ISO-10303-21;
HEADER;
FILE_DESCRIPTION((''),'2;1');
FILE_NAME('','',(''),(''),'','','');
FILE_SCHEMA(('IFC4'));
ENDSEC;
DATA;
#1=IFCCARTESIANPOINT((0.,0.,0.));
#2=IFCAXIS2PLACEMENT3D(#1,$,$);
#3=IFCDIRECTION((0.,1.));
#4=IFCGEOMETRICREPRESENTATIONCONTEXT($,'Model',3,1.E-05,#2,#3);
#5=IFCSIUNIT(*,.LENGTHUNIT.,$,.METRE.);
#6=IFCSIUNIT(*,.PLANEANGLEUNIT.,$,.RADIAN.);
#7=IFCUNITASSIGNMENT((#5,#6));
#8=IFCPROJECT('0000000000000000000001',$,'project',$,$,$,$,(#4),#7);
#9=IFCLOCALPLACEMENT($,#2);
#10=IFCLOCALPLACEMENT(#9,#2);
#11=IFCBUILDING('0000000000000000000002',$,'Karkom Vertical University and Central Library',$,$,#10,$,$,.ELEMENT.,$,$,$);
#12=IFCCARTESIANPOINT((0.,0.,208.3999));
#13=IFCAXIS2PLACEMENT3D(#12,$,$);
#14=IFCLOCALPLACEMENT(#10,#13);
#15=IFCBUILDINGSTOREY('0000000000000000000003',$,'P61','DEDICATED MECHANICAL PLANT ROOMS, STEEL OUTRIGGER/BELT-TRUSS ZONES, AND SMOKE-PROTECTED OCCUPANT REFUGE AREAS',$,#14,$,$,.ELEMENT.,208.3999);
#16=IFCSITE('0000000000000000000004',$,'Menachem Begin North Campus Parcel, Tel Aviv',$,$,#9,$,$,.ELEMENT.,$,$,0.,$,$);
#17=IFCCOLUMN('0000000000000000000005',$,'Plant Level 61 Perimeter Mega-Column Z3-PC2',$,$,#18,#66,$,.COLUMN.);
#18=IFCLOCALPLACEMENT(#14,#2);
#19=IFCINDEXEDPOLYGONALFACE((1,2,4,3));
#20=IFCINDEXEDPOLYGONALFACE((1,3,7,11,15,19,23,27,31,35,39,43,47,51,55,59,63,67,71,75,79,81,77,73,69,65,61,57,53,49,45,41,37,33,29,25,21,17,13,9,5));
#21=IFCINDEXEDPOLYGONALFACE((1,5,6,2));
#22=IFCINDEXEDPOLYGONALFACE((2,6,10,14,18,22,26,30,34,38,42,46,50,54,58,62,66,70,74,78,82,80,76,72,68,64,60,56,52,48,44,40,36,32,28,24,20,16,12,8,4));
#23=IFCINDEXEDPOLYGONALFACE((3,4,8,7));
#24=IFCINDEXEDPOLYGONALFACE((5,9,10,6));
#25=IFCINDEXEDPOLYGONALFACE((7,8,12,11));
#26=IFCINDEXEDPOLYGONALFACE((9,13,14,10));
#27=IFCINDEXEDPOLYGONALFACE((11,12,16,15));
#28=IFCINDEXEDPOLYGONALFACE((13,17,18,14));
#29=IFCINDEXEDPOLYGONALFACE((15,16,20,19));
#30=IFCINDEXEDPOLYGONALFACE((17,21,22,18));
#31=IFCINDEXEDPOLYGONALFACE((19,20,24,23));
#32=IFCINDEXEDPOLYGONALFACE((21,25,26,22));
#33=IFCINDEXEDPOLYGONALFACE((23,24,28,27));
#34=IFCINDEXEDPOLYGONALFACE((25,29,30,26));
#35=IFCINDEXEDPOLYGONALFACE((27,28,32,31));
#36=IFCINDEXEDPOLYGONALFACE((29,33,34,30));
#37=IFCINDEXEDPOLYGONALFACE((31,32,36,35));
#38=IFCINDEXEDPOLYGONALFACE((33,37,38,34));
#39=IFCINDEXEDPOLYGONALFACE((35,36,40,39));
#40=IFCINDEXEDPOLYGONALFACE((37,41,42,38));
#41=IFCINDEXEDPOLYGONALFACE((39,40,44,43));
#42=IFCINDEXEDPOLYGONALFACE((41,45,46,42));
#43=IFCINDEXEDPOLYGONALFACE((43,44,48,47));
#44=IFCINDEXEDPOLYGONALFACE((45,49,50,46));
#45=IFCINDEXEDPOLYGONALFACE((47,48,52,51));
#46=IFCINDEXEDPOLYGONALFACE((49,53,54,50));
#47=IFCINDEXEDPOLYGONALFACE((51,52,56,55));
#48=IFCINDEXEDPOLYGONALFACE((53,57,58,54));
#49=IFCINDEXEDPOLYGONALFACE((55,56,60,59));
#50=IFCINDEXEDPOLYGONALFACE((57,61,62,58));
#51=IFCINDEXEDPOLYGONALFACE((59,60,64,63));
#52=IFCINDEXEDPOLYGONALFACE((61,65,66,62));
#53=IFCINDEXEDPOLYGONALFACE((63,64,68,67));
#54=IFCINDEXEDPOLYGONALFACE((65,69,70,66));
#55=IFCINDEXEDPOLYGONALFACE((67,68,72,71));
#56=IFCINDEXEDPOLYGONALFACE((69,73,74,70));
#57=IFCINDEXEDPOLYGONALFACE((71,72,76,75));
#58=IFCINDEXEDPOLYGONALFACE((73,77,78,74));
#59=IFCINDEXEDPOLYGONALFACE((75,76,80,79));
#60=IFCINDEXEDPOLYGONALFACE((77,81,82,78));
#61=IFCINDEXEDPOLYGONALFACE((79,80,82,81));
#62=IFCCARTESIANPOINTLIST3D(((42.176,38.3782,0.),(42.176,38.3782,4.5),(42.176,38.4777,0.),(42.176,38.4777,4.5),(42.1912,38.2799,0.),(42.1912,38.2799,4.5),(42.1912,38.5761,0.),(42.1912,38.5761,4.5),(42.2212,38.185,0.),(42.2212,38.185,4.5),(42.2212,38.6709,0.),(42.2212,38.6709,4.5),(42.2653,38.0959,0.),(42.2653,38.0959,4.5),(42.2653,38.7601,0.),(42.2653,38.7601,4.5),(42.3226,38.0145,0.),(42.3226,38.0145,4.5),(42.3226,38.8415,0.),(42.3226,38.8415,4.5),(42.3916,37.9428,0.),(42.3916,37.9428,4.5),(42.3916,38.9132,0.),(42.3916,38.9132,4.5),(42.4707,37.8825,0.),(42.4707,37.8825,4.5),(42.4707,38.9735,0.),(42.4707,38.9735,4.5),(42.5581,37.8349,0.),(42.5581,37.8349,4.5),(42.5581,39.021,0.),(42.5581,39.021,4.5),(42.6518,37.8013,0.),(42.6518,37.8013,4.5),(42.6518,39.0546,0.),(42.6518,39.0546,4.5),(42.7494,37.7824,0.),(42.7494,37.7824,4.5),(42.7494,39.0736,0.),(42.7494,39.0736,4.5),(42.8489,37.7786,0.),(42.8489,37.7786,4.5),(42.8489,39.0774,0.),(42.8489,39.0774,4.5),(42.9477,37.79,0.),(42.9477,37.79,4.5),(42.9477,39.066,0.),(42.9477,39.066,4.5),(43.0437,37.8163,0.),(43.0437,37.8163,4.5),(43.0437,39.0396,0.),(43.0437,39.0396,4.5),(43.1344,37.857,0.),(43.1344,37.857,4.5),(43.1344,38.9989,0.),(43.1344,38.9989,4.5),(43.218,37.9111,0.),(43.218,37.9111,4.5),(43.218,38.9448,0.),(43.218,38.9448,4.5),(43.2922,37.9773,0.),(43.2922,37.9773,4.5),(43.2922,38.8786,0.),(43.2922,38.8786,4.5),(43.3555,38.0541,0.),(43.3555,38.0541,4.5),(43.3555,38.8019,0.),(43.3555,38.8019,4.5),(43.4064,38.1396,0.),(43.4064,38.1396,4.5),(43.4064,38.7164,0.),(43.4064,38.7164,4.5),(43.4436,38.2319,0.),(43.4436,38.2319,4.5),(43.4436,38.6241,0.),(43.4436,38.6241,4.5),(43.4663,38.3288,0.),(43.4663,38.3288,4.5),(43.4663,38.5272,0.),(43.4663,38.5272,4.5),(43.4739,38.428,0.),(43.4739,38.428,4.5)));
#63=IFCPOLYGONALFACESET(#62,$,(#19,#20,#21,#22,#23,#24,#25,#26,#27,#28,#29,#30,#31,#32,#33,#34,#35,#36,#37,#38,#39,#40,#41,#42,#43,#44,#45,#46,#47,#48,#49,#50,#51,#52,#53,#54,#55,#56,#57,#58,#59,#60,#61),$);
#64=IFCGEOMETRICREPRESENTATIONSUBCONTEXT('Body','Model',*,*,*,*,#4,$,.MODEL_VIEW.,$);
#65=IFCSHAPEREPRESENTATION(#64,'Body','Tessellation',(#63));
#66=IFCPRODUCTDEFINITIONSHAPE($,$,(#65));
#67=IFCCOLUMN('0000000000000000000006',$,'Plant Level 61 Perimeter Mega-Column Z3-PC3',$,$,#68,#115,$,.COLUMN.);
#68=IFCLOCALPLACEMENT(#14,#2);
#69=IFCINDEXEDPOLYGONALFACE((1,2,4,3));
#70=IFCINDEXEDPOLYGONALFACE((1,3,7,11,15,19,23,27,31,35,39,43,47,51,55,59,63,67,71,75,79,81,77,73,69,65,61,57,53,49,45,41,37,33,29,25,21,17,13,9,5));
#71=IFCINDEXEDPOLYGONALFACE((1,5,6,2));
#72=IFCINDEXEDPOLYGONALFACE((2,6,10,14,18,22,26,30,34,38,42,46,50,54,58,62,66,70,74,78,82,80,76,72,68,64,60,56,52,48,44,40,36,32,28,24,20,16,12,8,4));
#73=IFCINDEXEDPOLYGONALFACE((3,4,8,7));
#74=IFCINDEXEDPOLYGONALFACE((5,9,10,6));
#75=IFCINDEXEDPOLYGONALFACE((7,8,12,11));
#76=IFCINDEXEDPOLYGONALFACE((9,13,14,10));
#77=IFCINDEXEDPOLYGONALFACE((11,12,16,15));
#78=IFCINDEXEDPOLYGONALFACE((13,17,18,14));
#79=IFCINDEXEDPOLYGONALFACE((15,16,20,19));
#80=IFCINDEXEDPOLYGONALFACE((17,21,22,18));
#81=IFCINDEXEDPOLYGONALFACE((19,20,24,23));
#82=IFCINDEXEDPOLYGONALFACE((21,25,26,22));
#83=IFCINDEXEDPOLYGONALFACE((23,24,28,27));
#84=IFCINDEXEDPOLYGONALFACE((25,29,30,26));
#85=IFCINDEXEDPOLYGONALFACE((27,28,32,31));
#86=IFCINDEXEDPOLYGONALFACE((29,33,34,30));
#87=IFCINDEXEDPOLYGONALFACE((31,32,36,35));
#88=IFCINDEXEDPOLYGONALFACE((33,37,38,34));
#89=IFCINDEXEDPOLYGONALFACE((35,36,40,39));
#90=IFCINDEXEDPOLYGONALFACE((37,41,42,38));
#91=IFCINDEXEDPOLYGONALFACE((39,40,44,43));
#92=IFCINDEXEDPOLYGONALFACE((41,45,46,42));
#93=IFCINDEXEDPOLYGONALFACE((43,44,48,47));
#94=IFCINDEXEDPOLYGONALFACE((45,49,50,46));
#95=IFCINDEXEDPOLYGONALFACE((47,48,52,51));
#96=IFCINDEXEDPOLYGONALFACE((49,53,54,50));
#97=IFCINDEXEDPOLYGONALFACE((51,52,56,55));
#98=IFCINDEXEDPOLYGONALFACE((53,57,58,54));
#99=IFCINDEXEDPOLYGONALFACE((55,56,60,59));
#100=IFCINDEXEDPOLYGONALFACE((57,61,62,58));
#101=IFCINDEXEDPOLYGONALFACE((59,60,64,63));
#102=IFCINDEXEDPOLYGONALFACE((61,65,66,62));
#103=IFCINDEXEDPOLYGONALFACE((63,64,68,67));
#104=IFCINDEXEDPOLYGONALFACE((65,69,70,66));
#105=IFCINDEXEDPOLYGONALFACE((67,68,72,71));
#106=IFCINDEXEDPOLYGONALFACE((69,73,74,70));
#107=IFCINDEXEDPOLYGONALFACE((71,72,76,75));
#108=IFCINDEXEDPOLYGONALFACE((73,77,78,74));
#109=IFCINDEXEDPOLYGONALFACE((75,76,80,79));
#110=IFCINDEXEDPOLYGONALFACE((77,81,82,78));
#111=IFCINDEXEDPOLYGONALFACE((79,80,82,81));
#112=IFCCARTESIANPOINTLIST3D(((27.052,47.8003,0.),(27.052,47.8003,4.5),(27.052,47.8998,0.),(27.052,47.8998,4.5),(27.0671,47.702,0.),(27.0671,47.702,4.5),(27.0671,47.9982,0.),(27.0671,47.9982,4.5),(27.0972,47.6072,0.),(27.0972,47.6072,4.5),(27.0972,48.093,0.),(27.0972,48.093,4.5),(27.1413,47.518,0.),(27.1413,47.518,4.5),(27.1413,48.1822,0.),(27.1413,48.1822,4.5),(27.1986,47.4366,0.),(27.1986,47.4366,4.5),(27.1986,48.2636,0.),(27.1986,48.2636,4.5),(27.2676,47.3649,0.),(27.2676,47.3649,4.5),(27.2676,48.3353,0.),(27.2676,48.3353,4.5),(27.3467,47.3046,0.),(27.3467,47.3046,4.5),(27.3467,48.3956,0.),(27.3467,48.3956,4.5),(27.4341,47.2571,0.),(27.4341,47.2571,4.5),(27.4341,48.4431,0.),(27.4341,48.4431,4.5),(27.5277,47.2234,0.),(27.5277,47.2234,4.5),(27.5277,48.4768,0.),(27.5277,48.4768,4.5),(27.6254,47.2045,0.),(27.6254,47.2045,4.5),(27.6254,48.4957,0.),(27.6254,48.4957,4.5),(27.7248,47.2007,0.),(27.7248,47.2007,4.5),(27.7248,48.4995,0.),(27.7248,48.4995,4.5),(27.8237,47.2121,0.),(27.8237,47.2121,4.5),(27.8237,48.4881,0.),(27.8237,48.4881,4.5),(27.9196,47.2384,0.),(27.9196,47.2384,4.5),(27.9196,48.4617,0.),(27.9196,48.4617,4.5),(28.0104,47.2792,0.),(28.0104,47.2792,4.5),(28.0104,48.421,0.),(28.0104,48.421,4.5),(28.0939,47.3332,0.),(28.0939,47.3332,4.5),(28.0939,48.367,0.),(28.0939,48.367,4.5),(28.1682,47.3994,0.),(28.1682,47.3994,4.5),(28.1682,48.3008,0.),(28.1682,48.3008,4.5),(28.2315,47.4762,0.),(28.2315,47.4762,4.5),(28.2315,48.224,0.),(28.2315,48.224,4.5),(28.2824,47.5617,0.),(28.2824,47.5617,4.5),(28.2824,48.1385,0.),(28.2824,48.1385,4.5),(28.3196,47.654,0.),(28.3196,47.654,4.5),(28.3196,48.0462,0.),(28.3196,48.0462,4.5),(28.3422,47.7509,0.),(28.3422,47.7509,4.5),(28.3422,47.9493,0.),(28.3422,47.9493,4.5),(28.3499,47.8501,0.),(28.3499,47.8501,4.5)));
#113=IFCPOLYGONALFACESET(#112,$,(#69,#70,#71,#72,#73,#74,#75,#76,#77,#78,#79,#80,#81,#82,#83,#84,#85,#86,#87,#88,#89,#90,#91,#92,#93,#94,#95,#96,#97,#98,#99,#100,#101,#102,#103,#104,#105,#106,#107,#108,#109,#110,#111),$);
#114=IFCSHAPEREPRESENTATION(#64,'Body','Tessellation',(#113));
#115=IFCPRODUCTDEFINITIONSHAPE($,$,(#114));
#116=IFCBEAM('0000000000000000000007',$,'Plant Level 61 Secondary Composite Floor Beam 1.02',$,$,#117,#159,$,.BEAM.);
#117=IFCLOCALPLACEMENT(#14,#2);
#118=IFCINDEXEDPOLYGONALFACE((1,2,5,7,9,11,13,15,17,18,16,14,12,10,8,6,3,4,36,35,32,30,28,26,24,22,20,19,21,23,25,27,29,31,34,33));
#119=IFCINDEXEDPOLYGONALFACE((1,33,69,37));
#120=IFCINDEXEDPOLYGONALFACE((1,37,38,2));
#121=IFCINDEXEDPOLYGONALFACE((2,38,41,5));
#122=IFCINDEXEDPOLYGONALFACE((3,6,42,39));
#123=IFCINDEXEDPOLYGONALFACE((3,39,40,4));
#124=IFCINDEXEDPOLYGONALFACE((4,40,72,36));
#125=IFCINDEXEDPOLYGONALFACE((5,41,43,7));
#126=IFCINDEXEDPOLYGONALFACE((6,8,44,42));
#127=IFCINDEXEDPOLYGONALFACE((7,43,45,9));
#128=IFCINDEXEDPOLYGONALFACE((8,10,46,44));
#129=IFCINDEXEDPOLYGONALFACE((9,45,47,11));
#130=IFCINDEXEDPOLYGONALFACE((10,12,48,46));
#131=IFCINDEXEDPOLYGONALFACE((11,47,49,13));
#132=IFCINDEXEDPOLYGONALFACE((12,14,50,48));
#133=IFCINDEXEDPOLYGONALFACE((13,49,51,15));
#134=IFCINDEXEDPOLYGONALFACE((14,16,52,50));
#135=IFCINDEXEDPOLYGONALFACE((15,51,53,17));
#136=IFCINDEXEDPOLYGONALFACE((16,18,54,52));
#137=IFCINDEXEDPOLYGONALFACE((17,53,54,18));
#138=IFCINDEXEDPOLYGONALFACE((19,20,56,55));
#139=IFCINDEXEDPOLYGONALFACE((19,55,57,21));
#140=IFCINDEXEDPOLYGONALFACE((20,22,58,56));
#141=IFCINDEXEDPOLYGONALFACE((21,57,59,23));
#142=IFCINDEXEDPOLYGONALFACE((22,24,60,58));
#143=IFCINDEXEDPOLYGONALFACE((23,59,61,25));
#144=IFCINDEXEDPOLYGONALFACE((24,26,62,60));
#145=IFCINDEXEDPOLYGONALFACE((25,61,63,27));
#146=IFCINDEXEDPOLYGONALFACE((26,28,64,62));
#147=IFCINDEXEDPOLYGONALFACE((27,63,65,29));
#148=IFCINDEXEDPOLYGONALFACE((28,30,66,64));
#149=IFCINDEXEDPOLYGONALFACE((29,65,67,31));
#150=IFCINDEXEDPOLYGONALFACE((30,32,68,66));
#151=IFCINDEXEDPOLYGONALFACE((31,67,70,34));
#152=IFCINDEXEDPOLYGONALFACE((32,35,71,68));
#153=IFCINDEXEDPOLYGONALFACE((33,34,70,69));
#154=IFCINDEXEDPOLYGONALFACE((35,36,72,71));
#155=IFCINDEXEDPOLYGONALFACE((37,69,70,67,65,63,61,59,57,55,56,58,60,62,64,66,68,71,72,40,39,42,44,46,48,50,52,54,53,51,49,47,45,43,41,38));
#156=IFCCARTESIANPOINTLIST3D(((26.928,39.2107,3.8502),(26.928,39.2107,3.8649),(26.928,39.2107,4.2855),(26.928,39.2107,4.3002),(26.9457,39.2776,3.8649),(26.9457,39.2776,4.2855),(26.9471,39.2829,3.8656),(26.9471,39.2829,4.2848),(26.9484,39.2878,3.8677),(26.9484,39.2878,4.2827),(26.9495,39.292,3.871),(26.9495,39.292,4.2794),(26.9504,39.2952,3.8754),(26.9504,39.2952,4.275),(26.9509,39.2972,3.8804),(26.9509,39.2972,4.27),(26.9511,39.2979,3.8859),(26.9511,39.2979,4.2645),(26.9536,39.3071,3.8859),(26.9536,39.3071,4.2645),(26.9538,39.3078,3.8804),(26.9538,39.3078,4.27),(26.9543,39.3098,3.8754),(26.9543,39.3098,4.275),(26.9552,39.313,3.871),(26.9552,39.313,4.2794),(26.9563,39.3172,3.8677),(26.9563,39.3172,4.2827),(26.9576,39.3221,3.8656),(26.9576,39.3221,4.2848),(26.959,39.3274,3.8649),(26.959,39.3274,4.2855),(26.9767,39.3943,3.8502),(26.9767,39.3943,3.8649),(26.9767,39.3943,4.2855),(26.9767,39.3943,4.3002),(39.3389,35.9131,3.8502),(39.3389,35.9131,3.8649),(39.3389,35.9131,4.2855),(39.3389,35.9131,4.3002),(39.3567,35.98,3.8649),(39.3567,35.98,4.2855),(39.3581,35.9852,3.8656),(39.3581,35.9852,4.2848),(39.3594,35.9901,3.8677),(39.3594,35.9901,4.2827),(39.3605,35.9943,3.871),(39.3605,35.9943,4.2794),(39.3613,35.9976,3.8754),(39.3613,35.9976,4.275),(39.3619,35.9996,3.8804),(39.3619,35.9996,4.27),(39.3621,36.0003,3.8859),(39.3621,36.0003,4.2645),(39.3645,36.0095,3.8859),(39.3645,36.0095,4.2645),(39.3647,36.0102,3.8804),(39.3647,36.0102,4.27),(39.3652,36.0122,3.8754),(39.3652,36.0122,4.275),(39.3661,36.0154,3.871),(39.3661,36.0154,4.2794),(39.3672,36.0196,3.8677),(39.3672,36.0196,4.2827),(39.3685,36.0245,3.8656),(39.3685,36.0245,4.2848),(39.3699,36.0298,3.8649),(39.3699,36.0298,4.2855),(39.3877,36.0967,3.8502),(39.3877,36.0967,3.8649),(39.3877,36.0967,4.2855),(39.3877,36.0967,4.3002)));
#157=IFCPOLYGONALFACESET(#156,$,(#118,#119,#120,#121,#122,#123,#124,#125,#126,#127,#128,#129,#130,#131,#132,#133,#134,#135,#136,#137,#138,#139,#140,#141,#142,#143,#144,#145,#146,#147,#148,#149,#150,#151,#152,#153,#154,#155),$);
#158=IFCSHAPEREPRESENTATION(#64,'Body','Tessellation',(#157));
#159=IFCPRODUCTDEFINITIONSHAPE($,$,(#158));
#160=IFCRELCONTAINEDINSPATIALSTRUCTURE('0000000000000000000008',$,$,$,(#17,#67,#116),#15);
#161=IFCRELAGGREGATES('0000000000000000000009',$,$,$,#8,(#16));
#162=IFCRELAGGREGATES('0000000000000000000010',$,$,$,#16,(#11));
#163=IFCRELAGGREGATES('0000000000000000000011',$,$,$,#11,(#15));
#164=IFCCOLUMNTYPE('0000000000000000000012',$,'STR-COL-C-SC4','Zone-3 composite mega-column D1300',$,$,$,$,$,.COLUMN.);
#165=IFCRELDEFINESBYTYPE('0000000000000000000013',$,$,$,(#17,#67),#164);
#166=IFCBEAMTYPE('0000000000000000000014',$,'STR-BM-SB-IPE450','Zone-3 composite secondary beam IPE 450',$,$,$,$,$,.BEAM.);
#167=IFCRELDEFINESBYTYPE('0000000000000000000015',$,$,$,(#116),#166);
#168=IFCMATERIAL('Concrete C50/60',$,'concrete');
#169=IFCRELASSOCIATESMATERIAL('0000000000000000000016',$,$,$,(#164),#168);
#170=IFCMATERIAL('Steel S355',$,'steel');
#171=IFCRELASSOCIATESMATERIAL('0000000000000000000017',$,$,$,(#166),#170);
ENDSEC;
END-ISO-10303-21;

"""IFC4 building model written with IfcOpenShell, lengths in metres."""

from ifc_helpers import new_model, si_unit, direction, frame, origin, origin_with_axes, origin_2d, place, context, subcontext, project, spatial, circle, i_section, extrude, source, transform, mapped, material, material_profile, profile_set, type_object, element, save


model = new_model("IFC4")

# Units and contexts
model_context = context("Model", 3, precision=1e-05, world=origin(), true_north=direction((0.0, 1.0)))
body_context = subcontext(model_context, "Body", "Model", "MODEL_VIEW")
ifc_project = project(units=[si_unit("LENGTHUNIT", "METRE"), si_unit("PLANEANGLEUNIT", "RADIAN")], contexts=[model_context])

# Site, building, storey
site_placement = place(None, origin())
site = spatial("IfcSite", under=ifc_project, at=site_placement, Name="Menachem Begin North Campus Parcel, Tel Aviv", CompositionType="ELEMENT", RefElevation=0.0)
building_placement = place(site_placement, origin())
building = spatial("IfcBuilding", under=site, at=building_placement, Name="Karkom Vertical University and Central Library", CompositionType="ELEMENT")
storey_placement = place(building_placement, frame((0.0, 0.0, 208.3999)))
storey = spatial("IfcBuildingStorey", under=building, at=storey_placement, Name="P61", Description="DEDICATED MECHANICAL PLANT ROOMS, STEEL OUTRIGGER/BELT-TRUSS ZONES, AND SMOKE-PROTECTED OCCUPANT REFUGE AREAS", CompositionType="ELEMENT", Elevation=208.3999)

# Columns
ifc_material_1 = material(Name="Concrete C50/60", Category="concrete")
ifc_material_profile_1 = material_profile(ifc_material_1, circle(Radius=0.6499, at=origin_2d()), Name="CFT-D1300")
ifc_profile_set_1 = profile_set([ifc_material_profile_1], Name="Concrete C50/60")
column_type = type_object("IfcColumnType", Name="STR-COL-C-SC4", Description="Zone-3 composite mega-column D1300", PredefinedType="COLUMN", material=ifc_profile_set_1)
shared_shape_1 = source(origin_with_axes(), body_context, "Body", "SweptSolid", [
    extrude(circle(Radius=0.6499, at=origin_2d()), origin(), (0.0, 0.0, 1.0), 4.5),
])
for number, where, z_axis, x_axis, name in (
    (1, (42.824, 38.428, 0.0), (0.0, 0.0, 1.0), (1.0, 0.0, 0.0), "Plant Level 61 Perimeter Mega-Column Z3-PC2"),
    (2, (27.7, 47.8501, 0.0), (0.0, 0.0, 1.0), (1.0, 0.0, 0.0), "Plant Level 61 Perimeter Mega-Column Z3-PC3"),
):
    element("IfcColumn", number, at=place(storey_placement, frame(where, z_axis=z_axis, x_axis=x_axis)), inside=storey, type_object=column_type, Name=name, PredefinedType="COLUMN", context=body_context, shape_type="MappedRepresentation", body=[
        mapped(shared_shape_1, transform((0.0, 0.0, 0.0), scale=1.0)),
    ])

# Beam
ifc_material_2 = material(Name="Steel S355", Category="steel")
ifc_material_profile_2 = material_profile(ifc_material_2, i_section(OverallWidth=0.1899, OverallDepth=0.45, WebThickness=0.0095, FlangeThickness=0.0146, FilletRadius=0.021, at=origin_2d()), Name="IPE 450")
ifc_profile_set_2 = profile_set([ifc_material_profile_2], Name="Steel S355")
beam_type_1 = type_object("IfcBeamType", Name="STR-BM-SB-IPE450", Description="Zone-3 composite secondary beam IPE 450", PredefinedType="BEAM", material=ifc_profile_set_2)
shared_shape_2 = source(origin_with_axes(), body_context, "Body", "SweptSolid", [
    extrude(i_section(OverallWidth=0.1899, OverallDepth=0.45, WebThickness=0.0095, FlangeThickness=0.0146, FilletRadius=0.021, at=origin_2d()), origin(), (0.0, 0.0, 1.0), 12.8416),
])
beam_1_placement = place(storey_placement, frame((39.3633, 36.0049, 4.0752), z_axis=(-0.966466, 0.256793, 0.0), x_axis=(-0.256793, -0.966466, 0.0)))
element("IfcBeam", 3, at=beam_1_placement, inside=storey, type_object=beam_type_1, Name="Plant Level 61 Secondary Composite Floor Beam 1.02", PredefinedType="BEAM", context=body_context, shape_type="MappedRepresentation", body=[
    mapped(shared_shape_2, transform((0.0, 0.0, 0.0), scale=1.0)),
])

save(model, "model.ifc")
